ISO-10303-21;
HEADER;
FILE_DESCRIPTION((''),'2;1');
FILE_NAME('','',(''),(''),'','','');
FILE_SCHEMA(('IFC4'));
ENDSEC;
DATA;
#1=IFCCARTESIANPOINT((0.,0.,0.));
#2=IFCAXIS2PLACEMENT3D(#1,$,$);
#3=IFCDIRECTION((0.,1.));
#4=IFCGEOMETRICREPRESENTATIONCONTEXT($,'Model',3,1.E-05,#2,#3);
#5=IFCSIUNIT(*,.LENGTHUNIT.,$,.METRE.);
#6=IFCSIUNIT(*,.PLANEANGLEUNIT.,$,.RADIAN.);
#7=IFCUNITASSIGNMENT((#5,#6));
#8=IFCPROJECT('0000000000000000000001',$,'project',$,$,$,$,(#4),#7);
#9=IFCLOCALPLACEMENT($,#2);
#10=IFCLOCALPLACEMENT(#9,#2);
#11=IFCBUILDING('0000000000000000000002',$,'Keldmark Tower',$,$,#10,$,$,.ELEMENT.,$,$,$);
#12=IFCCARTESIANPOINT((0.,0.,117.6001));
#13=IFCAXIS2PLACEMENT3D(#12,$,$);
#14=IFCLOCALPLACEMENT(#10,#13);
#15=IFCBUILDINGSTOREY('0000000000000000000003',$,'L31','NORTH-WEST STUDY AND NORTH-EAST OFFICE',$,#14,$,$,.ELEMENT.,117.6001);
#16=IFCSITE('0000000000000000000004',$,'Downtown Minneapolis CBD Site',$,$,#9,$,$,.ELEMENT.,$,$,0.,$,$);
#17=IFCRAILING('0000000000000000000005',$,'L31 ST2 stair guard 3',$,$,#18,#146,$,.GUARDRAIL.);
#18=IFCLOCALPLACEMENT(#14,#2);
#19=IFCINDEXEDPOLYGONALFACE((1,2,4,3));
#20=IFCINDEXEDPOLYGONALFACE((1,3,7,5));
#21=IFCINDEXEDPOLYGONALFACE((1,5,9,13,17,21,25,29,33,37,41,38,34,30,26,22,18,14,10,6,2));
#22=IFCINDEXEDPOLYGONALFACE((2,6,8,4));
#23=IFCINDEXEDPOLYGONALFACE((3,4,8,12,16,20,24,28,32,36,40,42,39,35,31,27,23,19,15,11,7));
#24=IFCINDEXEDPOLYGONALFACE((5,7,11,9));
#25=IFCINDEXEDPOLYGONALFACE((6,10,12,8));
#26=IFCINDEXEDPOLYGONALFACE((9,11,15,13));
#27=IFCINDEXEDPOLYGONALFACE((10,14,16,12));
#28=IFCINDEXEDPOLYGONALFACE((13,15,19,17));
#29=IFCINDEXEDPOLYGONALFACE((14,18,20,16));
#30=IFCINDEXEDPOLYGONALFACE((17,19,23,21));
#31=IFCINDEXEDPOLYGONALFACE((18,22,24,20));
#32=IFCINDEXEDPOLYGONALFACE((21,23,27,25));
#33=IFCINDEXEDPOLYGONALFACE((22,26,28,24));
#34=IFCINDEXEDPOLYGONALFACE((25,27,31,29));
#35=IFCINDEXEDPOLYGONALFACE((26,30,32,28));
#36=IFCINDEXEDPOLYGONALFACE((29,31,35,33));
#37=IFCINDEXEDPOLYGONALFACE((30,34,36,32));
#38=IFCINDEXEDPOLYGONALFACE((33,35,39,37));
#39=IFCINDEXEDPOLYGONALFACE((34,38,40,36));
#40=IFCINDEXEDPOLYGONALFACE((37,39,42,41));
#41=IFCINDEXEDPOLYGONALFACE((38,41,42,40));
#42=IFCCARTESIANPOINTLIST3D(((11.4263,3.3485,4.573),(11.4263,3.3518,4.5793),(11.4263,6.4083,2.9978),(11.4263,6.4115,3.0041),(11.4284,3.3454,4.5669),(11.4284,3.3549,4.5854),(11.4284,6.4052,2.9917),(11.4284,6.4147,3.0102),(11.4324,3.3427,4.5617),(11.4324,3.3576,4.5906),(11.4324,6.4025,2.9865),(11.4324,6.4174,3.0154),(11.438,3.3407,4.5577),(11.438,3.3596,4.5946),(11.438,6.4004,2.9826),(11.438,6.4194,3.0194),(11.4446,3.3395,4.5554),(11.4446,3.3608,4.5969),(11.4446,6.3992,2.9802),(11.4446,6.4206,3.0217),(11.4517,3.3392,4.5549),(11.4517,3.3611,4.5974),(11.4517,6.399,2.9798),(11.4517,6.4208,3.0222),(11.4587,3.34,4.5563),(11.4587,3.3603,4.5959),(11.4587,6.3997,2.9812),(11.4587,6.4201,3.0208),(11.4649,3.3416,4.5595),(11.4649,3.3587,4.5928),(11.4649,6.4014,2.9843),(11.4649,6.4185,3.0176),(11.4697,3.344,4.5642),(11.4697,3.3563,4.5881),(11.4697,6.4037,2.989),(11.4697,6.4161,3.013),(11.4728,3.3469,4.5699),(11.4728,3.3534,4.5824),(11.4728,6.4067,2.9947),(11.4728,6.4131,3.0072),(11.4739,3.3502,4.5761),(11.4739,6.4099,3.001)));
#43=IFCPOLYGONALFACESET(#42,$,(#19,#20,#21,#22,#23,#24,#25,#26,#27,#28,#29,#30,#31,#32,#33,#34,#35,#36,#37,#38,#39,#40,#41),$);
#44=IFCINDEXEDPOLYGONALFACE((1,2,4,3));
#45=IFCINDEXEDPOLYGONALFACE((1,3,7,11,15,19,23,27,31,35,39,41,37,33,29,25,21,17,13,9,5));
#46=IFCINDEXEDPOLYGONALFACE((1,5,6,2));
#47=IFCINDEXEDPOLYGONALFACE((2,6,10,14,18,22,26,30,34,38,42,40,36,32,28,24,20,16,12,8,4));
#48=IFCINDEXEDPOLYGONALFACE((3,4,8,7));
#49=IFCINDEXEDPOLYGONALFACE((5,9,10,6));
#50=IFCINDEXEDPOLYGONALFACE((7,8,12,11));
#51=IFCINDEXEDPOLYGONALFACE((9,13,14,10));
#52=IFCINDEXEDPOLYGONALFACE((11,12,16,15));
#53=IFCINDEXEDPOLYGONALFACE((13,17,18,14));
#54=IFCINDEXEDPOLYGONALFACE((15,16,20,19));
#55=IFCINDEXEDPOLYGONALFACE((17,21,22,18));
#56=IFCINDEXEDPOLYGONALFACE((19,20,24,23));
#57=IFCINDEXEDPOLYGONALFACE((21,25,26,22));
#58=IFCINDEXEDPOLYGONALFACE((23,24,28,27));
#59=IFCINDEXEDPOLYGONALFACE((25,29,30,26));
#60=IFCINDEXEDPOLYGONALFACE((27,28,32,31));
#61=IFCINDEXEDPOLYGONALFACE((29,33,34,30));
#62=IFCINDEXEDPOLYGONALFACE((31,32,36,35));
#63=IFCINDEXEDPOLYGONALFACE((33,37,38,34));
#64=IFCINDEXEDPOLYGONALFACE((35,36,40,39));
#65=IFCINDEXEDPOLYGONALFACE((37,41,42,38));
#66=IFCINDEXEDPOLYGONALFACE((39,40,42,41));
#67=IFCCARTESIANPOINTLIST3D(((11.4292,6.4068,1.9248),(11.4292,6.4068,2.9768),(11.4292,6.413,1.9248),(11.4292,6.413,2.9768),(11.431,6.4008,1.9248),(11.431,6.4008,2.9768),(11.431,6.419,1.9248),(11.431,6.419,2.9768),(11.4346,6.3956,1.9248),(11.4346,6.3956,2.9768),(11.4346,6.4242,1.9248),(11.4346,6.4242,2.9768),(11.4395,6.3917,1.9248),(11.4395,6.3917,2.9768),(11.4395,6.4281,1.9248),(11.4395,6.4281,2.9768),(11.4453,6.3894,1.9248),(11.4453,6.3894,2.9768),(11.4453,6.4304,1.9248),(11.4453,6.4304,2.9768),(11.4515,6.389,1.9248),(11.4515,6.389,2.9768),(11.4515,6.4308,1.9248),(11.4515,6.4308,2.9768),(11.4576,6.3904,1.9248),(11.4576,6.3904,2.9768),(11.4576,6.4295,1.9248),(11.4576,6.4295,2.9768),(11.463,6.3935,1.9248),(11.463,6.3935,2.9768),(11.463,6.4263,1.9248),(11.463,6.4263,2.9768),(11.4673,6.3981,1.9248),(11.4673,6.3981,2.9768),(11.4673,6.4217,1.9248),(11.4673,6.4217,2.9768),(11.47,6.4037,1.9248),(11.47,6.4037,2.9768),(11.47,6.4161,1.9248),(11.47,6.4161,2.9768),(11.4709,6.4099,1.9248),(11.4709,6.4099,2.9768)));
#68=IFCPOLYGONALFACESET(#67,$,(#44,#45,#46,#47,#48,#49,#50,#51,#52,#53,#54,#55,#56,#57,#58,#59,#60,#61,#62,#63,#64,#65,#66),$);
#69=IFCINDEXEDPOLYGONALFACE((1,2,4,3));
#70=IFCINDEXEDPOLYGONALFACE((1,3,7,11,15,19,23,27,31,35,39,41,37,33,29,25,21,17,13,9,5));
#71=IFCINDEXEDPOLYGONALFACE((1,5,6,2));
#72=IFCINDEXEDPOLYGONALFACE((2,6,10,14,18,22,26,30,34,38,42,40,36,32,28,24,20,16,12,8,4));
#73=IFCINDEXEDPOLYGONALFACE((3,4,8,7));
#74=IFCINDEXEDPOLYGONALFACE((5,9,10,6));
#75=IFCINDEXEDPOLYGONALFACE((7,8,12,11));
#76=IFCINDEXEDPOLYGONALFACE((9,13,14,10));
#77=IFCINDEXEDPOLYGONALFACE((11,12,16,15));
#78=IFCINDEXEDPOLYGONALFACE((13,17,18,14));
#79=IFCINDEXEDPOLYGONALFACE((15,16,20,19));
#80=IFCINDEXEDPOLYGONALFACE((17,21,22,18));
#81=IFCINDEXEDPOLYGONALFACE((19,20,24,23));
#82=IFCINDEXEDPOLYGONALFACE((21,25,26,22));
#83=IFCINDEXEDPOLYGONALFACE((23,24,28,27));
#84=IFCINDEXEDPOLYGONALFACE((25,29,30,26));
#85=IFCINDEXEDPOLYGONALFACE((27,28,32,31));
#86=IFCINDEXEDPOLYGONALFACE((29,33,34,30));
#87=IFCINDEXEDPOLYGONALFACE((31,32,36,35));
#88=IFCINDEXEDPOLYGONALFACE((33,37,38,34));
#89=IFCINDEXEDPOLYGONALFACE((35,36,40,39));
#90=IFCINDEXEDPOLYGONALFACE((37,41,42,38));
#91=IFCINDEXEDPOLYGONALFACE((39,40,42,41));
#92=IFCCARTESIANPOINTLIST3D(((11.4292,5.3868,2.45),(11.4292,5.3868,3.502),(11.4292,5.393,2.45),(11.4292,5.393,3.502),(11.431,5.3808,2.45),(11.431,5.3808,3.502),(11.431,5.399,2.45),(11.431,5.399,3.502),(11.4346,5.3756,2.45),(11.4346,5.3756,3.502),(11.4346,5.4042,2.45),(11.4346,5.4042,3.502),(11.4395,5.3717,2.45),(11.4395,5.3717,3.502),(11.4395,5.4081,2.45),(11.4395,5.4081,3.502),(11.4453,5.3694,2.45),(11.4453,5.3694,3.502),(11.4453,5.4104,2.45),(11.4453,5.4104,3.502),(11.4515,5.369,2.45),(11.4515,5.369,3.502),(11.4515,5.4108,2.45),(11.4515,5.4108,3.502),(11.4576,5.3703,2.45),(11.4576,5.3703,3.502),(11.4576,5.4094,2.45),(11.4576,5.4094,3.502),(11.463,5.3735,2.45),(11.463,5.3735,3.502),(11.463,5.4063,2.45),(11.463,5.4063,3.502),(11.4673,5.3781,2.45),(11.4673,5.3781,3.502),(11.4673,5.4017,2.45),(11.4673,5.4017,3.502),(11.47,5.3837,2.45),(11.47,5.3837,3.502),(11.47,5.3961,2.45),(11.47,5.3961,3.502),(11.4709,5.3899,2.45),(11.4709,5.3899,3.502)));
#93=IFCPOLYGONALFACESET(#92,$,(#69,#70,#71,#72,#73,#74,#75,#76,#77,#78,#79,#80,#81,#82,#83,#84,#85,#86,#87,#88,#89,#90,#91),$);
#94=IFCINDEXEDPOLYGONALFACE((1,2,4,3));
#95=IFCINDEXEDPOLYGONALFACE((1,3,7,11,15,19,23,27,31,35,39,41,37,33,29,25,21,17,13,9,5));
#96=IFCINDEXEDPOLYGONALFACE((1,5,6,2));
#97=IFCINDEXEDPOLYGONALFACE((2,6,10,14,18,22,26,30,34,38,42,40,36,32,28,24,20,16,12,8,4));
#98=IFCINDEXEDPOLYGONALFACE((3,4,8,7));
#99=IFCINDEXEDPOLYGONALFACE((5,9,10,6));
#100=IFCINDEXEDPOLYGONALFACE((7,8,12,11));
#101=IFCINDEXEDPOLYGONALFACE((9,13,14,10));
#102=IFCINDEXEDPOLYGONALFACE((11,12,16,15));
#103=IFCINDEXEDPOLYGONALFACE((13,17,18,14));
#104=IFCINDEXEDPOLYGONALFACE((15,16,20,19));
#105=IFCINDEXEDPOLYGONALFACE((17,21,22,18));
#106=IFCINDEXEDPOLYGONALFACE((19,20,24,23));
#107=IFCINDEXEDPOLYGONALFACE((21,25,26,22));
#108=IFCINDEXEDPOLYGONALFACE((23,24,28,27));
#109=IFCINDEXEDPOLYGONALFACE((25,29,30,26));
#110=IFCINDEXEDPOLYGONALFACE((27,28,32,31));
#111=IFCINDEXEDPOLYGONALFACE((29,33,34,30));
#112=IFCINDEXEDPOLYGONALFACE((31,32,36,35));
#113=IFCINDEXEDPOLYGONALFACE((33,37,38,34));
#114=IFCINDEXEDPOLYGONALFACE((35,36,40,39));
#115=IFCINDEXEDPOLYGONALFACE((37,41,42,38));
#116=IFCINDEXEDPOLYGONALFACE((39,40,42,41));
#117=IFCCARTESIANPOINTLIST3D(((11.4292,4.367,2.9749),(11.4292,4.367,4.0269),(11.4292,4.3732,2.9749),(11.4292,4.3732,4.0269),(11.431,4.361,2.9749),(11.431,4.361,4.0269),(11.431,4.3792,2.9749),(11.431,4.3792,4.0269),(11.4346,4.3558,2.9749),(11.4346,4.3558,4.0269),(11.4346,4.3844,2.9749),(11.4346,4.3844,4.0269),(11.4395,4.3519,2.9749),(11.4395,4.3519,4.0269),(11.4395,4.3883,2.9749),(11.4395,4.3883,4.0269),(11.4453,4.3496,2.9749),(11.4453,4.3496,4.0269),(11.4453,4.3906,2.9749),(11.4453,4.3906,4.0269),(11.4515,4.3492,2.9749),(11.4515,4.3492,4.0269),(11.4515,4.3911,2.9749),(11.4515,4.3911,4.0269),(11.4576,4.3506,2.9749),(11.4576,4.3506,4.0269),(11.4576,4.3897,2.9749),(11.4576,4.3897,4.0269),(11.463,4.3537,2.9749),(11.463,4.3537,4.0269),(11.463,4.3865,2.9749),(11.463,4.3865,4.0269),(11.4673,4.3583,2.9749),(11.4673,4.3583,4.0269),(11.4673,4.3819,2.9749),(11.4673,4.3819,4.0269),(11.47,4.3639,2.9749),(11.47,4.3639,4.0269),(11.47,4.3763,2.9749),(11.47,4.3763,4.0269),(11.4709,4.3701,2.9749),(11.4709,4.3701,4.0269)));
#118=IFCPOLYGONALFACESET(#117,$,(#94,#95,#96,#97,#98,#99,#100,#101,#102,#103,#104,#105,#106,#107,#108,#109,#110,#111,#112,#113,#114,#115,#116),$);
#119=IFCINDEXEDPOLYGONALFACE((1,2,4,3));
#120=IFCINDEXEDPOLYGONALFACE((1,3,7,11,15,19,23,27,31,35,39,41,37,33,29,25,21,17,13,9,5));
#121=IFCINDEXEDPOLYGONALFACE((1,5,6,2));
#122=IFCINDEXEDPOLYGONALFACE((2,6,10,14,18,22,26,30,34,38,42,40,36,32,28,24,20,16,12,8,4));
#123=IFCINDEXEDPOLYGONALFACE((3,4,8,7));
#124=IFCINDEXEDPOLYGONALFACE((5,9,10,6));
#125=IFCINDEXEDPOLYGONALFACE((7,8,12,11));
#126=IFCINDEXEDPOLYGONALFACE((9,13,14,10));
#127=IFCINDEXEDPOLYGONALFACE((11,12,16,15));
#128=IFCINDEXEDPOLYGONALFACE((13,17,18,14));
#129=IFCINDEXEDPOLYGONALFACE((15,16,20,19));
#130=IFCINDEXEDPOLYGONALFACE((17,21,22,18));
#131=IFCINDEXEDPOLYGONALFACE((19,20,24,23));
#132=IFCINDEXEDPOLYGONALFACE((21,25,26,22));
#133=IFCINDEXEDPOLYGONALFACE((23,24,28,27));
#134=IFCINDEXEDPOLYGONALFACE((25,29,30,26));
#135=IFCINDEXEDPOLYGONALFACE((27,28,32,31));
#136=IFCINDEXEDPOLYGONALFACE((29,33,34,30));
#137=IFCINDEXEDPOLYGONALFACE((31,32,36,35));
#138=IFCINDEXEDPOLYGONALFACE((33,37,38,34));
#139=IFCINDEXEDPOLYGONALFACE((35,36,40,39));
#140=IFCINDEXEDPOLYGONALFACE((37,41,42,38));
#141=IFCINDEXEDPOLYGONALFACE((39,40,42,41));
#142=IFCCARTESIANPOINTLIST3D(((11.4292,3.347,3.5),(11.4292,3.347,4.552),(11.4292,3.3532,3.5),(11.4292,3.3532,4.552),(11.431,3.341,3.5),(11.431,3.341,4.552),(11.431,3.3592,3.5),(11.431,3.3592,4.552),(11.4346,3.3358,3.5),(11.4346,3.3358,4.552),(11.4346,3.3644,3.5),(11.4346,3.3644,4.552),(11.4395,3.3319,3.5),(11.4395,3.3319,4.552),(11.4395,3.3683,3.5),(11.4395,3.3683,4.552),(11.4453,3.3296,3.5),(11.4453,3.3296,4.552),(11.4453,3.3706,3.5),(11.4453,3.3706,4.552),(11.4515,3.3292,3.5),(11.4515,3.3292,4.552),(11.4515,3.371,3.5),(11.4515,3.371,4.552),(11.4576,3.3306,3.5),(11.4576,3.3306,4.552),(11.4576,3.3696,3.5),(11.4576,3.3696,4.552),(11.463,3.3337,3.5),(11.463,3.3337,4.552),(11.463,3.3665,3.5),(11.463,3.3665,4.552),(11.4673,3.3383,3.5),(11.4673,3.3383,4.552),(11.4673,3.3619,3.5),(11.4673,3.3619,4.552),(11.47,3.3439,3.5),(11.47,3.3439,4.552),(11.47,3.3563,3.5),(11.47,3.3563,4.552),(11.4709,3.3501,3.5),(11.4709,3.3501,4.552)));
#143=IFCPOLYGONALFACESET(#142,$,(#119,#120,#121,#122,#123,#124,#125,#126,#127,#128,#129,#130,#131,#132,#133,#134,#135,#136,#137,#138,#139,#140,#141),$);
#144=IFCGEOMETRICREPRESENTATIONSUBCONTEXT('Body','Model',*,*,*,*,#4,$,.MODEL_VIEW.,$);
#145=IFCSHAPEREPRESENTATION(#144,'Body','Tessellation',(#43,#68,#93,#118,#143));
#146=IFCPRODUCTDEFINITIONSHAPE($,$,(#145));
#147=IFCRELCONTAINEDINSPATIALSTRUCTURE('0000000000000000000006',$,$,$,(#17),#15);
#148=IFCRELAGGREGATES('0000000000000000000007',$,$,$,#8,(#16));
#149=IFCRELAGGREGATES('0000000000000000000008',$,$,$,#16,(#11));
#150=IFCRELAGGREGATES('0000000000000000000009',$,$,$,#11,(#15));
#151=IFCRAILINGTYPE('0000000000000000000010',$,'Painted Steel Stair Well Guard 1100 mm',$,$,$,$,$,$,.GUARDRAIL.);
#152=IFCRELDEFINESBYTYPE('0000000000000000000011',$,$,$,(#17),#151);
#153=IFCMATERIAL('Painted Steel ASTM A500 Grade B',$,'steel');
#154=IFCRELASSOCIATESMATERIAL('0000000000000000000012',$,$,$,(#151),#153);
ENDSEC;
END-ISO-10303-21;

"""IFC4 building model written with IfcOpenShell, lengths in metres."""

from ifc_helpers import new_model, si_unit, direction, frame, origin, origin_2d, place, context, subcontext, project, spatial, circle, extrude, material, type_object, element, save


model = new_model("IFC4")

# Units and contexts
model_context = context("Model", 3, precision=1e-05, world=origin(), true_north=direction((0.0, 1.0)))
body_context = subcontext(model_context, "Body", "Model", "MODEL_VIEW")
ifc_project = project(units=[si_unit("LENGTHUNIT", "METRE"), si_unit("PLANEANGLEUNIT", "RADIAN")], contexts=[model_context])

# Site, building, storey
site_placement = place(None, origin())
site = spatial("IfcSite", under=ifc_project, at=site_placement, Name="Downtown Minneapolis CBD Site", CompositionType="ELEMENT", RefElevation=0.0)
building_placement = place(site_placement, origin())
building = spatial("IfcBuilding", under=site, at=building_placement, Name="Keldmark Tower", CompositionType="ELEMENT")
storey_placement = place(building_placement, frame((0.0, 0.0, 117.6001)))
storey = spatial("IfcBuildingStorey", under=building, at=storey_placement, Name="L31", Description="NORTH-WEST STUDY AND NORTH-EAST OFFICE", CompositionType="ELEMENT", Elevation=117.6001)

# Railing
ifc_material_1 = material(Name="Painted Steel ASTM A500 Grade B", Category="steel")
railing_type_1 = type_object("IfcRailingType", Name="Painted Steel Stair Well Guard 1100 mm", PredefinedType="GUARDRAIL", material=ifc_material_1)
railing_1_placement = place(storey_placement, frame((11.45, 6.4099, 1.9248)))
element("IfcRailing", 1, at=railing_1_placement, inside=storey, type_object=railing_type_1, Name="L31 ST2 stair guard 3", PredefinedType="GUARDRAIL", context=body_context, shape_type="SweptSolid", body=[
    extrude(circle(Radius=0.0239, at=origin_2d()), frame((0.0, 0.0, 1.0762), z_axis=(0.0, -0.889101, 0.45771), x_axis=(1.0, 0.0, 0.0)), (0.0, 0.0, 1.0), 3.4414),
    extrude(circle(Radius=0.021, at=origin_2d()), origin(), (0.0, 0.0, 1.0), 1.052),
    extrude(circle(Radius=0.021, at=origin_2d()), frame((0.0, -1.02, 0.5251)), (0.0, 0.0, 1.0), 1.052),
    extrude(circle(Radius=0.021, at=origin_2d()), frame((0.0, -2.0398, 1.05)), (0.0, 0.0, 1.0), 1.052),
    extrude(circle(Radius=0.021, at=origin_2d()), frame((0.0, -3.0598, 1.5752)), (0.0, 0.0, 1.0), 1.052),
])

save(model, "model.ifc")
